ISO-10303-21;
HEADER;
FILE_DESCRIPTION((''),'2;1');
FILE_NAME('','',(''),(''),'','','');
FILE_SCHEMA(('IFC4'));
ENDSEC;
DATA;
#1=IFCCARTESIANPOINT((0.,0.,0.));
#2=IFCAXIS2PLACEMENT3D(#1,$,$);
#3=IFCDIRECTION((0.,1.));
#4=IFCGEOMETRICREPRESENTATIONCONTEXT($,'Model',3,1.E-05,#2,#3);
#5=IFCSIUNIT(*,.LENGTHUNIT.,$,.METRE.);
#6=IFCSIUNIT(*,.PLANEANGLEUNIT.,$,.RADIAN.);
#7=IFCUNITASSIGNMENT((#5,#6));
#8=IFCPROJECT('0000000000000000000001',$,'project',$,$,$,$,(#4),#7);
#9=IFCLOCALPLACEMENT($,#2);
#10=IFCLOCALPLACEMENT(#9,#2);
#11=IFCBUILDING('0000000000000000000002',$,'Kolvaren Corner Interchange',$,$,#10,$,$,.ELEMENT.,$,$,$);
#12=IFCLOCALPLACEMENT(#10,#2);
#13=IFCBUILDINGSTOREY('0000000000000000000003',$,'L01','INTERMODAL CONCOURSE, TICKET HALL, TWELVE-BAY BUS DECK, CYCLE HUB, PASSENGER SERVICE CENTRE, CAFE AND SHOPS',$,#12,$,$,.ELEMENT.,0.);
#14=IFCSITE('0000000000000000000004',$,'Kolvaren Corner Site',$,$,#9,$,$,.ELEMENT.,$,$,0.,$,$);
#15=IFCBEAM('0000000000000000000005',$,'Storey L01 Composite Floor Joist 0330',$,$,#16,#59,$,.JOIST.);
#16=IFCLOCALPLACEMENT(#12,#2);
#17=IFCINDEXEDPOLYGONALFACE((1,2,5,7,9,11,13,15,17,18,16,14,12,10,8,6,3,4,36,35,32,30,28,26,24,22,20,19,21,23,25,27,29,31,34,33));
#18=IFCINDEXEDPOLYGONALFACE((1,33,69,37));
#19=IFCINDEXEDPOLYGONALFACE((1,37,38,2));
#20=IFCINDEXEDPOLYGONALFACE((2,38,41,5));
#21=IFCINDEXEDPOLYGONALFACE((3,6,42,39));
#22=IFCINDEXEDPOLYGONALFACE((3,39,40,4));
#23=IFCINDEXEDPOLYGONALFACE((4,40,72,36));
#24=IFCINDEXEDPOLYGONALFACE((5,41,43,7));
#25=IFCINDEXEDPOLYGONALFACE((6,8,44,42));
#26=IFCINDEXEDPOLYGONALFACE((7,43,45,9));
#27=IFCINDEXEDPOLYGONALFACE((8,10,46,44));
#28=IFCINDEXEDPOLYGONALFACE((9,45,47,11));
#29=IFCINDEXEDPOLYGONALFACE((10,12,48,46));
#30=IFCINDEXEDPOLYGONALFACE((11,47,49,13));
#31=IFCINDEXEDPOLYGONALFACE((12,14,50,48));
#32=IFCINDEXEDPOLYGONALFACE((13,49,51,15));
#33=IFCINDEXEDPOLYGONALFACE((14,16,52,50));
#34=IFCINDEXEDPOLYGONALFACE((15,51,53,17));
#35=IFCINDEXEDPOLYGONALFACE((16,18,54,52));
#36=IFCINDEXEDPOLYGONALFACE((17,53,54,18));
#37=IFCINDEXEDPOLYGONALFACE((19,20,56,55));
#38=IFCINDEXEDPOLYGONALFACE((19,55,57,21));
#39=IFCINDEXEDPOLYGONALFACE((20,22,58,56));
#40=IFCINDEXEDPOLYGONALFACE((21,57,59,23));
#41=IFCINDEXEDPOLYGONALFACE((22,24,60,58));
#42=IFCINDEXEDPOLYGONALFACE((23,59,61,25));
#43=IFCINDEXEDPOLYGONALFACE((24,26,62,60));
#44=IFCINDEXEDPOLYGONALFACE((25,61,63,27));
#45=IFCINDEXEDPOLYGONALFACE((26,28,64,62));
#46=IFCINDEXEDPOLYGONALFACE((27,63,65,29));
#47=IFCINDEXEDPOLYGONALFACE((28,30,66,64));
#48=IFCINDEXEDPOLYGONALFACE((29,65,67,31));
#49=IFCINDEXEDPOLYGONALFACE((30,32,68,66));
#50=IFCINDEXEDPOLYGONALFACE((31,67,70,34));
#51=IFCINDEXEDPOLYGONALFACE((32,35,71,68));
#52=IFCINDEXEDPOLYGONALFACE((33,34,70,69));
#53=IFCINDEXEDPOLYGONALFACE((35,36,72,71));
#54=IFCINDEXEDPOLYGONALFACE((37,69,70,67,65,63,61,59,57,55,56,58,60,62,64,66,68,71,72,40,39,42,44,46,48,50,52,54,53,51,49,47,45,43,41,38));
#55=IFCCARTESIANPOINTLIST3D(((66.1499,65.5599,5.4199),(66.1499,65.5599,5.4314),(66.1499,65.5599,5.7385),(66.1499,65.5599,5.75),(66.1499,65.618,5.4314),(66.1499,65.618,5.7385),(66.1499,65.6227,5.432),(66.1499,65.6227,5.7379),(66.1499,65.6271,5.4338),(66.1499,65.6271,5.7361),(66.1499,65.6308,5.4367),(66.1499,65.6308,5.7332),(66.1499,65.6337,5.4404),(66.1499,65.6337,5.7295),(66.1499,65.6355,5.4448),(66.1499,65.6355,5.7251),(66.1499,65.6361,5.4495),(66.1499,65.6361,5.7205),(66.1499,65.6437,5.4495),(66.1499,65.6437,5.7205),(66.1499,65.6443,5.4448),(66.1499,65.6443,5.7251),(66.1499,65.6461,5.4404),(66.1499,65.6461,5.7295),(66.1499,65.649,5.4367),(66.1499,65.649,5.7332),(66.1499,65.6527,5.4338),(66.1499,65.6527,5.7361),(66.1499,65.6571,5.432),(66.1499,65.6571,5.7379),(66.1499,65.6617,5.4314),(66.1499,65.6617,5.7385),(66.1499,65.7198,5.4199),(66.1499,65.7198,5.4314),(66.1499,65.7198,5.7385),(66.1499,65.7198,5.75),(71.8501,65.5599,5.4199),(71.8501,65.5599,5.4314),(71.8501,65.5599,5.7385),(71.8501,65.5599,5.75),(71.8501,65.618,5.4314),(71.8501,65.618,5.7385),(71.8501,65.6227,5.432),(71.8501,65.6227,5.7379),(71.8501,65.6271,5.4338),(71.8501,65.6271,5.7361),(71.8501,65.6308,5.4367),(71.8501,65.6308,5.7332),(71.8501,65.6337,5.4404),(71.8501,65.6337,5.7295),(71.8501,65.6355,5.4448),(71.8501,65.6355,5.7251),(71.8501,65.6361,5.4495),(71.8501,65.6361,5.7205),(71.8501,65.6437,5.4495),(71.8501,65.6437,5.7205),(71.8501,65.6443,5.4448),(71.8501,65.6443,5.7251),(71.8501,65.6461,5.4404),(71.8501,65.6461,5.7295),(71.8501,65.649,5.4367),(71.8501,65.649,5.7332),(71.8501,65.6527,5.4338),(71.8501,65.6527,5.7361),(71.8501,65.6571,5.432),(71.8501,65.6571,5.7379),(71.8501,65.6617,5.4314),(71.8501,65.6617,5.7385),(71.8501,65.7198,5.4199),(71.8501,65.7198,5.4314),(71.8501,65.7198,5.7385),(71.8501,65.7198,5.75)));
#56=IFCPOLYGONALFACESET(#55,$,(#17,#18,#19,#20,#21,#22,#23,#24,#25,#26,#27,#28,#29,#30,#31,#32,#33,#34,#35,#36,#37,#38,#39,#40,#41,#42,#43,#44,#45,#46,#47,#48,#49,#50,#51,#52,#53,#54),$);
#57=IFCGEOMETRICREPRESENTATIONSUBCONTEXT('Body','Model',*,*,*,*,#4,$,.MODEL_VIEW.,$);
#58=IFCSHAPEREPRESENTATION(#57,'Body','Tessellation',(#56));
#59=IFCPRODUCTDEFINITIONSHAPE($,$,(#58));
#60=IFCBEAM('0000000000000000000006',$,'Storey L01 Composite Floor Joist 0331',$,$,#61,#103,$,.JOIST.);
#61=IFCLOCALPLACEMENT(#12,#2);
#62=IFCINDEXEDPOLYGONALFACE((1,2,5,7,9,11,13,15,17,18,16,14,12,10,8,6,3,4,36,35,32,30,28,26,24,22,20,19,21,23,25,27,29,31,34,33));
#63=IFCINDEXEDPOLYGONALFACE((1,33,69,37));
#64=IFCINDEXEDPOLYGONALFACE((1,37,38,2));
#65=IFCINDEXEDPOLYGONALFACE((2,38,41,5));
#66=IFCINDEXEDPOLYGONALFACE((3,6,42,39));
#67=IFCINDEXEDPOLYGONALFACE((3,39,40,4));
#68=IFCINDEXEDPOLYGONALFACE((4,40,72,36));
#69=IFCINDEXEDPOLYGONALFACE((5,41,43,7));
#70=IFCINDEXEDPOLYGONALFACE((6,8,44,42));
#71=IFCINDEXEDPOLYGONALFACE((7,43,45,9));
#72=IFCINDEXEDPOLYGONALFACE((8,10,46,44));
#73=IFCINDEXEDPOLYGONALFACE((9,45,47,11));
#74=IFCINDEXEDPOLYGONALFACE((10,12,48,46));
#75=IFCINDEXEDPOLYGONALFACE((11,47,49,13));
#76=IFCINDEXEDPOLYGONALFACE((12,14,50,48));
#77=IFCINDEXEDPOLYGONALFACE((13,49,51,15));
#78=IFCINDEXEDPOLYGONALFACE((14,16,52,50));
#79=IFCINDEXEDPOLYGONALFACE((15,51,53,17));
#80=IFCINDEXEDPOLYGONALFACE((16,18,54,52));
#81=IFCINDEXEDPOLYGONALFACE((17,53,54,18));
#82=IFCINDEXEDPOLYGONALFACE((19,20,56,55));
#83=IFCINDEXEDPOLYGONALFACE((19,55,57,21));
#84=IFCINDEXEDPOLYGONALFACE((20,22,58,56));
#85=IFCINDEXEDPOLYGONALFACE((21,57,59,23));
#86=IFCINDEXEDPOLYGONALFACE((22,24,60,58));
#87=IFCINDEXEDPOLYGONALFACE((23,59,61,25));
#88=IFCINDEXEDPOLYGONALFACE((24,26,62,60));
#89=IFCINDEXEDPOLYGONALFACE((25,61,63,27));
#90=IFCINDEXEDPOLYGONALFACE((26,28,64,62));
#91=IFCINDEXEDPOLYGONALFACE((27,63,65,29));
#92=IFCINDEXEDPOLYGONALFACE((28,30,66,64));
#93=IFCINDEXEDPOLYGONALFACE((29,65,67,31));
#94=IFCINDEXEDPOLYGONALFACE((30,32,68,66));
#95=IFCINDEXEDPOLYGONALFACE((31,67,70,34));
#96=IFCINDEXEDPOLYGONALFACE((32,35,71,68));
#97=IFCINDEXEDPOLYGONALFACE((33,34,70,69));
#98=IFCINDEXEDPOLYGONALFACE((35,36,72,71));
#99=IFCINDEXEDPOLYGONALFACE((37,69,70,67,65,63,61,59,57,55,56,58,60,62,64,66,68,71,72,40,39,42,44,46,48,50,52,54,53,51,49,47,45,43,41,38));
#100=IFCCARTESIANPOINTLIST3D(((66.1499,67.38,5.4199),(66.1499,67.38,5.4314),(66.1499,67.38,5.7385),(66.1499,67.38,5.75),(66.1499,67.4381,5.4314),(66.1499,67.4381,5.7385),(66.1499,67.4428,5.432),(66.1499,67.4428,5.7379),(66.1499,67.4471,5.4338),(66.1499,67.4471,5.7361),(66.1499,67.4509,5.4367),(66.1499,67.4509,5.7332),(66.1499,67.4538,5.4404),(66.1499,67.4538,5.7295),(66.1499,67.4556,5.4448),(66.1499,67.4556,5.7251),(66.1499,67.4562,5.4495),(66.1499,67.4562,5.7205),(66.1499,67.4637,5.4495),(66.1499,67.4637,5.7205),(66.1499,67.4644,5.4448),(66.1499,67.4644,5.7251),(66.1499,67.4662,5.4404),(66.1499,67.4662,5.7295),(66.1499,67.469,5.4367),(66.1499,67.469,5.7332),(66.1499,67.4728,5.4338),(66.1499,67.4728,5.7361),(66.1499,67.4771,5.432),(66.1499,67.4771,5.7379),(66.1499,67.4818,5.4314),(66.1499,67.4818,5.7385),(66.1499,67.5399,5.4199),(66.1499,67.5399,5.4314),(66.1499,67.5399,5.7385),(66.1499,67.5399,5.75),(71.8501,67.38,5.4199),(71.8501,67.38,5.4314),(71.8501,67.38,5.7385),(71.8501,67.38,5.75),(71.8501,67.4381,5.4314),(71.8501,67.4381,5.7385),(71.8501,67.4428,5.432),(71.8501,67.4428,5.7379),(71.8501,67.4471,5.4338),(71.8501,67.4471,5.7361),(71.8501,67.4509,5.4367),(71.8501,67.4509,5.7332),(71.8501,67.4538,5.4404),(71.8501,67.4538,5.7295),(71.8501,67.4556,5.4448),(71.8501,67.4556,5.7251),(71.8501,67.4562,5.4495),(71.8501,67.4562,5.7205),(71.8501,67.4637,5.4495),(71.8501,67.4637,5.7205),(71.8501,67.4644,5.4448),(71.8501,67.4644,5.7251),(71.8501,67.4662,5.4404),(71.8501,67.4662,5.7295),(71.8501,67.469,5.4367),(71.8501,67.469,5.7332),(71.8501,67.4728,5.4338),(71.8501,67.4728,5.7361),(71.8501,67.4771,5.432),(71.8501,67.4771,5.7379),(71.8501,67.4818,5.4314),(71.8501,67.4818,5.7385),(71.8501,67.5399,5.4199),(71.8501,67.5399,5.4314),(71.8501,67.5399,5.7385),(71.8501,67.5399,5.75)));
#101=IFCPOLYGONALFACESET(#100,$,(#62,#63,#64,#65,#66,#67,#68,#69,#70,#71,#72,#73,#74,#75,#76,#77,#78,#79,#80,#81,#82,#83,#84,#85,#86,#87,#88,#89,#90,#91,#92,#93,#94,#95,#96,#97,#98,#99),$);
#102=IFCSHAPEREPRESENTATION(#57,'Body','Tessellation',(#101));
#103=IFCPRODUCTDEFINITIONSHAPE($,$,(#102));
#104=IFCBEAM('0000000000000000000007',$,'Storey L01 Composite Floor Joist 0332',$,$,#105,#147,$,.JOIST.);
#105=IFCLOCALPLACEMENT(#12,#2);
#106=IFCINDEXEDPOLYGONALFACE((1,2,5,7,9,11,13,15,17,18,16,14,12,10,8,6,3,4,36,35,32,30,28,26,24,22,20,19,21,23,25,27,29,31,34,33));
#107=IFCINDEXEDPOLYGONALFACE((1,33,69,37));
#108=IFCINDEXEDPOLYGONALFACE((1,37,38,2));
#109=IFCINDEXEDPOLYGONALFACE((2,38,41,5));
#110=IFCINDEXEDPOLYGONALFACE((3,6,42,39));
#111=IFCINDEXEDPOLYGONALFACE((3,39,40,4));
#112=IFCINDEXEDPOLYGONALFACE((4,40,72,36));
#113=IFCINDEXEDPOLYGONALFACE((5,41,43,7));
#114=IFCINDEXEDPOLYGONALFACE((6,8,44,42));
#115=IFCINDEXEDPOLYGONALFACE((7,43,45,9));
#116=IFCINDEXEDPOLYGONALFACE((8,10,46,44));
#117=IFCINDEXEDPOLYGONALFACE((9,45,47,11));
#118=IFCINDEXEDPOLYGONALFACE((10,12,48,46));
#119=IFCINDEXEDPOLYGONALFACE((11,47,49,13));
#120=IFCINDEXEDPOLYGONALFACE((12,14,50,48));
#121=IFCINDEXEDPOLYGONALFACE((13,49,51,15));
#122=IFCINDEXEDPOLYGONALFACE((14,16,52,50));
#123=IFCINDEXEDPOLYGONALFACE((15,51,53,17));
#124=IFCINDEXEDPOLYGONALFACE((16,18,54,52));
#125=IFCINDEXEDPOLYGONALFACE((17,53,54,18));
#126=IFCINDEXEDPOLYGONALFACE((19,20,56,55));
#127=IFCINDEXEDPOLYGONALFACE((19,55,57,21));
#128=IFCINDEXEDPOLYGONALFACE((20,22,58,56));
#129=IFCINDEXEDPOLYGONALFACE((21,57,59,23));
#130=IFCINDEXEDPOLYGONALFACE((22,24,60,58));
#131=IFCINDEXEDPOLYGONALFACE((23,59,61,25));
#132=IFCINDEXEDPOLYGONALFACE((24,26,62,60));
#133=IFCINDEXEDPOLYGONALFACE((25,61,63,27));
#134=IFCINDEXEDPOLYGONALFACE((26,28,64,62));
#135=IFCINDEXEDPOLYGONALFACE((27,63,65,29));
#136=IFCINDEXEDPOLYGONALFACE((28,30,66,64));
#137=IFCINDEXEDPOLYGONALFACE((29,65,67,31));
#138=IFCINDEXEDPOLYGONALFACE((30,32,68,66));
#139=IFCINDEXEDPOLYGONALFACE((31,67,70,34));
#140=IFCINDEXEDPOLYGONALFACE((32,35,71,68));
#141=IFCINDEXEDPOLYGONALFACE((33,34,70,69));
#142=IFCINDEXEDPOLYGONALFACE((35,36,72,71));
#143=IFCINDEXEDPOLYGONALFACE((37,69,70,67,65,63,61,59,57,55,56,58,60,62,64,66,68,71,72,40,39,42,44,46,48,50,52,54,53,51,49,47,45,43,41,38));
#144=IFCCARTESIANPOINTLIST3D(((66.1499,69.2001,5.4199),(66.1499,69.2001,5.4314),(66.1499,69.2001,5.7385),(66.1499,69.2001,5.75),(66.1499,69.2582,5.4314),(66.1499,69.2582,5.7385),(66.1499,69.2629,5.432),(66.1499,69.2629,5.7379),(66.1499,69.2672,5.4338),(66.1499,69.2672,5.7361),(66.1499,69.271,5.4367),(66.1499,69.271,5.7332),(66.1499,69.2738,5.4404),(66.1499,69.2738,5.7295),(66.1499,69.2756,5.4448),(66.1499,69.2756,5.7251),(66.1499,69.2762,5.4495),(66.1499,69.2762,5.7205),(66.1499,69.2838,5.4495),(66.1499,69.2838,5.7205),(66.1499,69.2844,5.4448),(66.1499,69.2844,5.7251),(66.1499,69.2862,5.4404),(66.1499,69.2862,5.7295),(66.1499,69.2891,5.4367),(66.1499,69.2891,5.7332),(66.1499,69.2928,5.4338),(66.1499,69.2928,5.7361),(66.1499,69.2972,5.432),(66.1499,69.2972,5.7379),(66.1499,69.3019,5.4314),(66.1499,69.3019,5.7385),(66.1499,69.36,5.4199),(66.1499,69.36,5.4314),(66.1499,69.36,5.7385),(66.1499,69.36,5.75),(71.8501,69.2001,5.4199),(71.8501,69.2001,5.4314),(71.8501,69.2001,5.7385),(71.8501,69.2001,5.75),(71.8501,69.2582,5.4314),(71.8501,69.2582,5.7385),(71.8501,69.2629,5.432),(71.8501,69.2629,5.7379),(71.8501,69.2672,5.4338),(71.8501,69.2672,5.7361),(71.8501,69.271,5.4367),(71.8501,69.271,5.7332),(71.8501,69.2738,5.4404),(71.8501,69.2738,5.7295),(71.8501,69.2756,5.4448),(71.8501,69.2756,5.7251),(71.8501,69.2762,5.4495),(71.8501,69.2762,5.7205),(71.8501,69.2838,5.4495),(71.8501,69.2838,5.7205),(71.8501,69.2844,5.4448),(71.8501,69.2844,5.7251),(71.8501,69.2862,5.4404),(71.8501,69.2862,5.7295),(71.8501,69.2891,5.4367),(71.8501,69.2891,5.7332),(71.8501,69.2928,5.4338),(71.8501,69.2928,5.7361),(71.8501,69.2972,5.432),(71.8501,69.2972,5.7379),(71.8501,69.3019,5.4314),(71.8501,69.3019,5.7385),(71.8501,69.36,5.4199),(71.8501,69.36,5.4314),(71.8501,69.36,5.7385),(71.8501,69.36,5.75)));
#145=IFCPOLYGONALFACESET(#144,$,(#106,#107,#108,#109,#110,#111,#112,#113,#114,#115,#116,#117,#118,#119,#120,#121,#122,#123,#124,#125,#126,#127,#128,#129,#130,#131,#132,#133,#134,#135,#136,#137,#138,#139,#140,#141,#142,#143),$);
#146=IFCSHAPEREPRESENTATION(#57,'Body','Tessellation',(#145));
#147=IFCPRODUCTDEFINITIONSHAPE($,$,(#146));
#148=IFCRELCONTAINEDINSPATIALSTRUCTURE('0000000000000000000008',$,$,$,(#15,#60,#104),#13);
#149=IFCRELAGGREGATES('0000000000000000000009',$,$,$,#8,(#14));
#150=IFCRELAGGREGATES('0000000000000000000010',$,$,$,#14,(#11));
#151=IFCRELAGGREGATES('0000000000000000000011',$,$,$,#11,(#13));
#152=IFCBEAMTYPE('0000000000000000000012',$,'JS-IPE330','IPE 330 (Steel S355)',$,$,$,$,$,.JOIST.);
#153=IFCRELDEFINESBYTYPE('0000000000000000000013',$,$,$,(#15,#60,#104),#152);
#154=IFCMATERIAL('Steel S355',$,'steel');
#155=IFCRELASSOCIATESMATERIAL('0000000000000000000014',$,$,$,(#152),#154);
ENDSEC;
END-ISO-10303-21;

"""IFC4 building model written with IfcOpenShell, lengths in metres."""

from ifc_helpers import new_model, si_unit, direction, frame, origin, origin_2d, place, context, subcontext, project, spatial, i_section, extrude, material, material_profile, profile_set, type_object, element, save


model = new_model("IFC4")

# Units and contexts
model_context = context("Model", 3, precision=1e-05, world=origin(), true_north=direction((0.0, 1.0)))
body_context = subcontext(model_context, "Body", "Model", "MODEL_VIEW")
ifc_project = project(units=[si_unit("LENGTHUNIT", "METRE"), si_unit("PLANEANGLEUNIT", "RADIAN")], contexts=[model_context])

# Site, building, storey
site_placement = place(None, origin())
site = spatial("IfcSite", under=ifc_project, at=site_placement, Name="Kolvaren Corner Site", CompositionType="ELEMENT", RefElevation=0.0)
building_placement = place(site_placement, origin())
building = spatial("IfcBuilding", under=site, at=building_placement, Name="Kolvaren Corner Interchange", CompositionType="ELEMENT")
storey_placement = place(building_placement, origin())
storey = spatial("IfcBuildingStorey", under=building, at=storey_placement, Name="L01", Description="INTERMODAL CONCOURSE, TICKET HALL, TWELVE-BAY BUS DECK, CYCLE HUB, PASSENGER SERVICE CENTRE, CAFE AND SHOPS", CompositionType="ELEMENT", Elevation=0.0)

# Beams
ifc_material_1 = material(Name="Steel S355", Category="steel")
ifc_material_profile_1 = material_profile(ifc_material_1, i_section(OverallWidth=0.1599, OverallDepth=0.3301, WebThickness=0.0076, FlangeThickness=0.0115, FilletRadius=0.0181, at=origin_2d()), Name="IPE 330")
ifc_profile_set_1 = profile_set([ifc_material_profile_1], Name="Steel S355")
beam_type_1 = type_object("IfcBeamType", Name="JS-IPE330", Description="IPE 330 (Steel S355)", PredefinedType="JOIST", material=ifc_profile_set_1)
for number, where, z_axis, x_axis, name in (
    (1, (66.1499, 65.6399, 5.585), (1.0, 0.0, 0.0), (0.0, 1.0, 0.0), "Storey L01 Composite Floor Joist 0330"),
    (2, (66.1499, 67.46, 5.585), (1.0, 0.0, 0.0), (0.0, 1.0, 0.0), "Storey L01 Composite Floor Joist 0331"),
    (3, (66.1499, 69.28, 5.585), (1.0, 0.0, 0.0), (0.0, 1.0, 0.0), "Storey L01 Composite Floor Joist 0332"),
):
    element("IfcBeam", number, at=place(storey_placement, frame(where, z_axis=z_axis, x_axis=x_axis)), inside=storey, type_object=beam_type_1, Name=name, PredefinedType="JOIST", context=body_context, shape_type="SweptSolid", body=[
        extrude(i_section(OverallWidth=0.1599, OverallDepth=0.3301, WebThickness=0.0076, FlangeThickness=0.0115, FilletRadius=0.0181, at=origin_2d()), origin(), (0.0, 0.0, 1.0), 5.7002),
    ])

save(model, "model.ifc")
